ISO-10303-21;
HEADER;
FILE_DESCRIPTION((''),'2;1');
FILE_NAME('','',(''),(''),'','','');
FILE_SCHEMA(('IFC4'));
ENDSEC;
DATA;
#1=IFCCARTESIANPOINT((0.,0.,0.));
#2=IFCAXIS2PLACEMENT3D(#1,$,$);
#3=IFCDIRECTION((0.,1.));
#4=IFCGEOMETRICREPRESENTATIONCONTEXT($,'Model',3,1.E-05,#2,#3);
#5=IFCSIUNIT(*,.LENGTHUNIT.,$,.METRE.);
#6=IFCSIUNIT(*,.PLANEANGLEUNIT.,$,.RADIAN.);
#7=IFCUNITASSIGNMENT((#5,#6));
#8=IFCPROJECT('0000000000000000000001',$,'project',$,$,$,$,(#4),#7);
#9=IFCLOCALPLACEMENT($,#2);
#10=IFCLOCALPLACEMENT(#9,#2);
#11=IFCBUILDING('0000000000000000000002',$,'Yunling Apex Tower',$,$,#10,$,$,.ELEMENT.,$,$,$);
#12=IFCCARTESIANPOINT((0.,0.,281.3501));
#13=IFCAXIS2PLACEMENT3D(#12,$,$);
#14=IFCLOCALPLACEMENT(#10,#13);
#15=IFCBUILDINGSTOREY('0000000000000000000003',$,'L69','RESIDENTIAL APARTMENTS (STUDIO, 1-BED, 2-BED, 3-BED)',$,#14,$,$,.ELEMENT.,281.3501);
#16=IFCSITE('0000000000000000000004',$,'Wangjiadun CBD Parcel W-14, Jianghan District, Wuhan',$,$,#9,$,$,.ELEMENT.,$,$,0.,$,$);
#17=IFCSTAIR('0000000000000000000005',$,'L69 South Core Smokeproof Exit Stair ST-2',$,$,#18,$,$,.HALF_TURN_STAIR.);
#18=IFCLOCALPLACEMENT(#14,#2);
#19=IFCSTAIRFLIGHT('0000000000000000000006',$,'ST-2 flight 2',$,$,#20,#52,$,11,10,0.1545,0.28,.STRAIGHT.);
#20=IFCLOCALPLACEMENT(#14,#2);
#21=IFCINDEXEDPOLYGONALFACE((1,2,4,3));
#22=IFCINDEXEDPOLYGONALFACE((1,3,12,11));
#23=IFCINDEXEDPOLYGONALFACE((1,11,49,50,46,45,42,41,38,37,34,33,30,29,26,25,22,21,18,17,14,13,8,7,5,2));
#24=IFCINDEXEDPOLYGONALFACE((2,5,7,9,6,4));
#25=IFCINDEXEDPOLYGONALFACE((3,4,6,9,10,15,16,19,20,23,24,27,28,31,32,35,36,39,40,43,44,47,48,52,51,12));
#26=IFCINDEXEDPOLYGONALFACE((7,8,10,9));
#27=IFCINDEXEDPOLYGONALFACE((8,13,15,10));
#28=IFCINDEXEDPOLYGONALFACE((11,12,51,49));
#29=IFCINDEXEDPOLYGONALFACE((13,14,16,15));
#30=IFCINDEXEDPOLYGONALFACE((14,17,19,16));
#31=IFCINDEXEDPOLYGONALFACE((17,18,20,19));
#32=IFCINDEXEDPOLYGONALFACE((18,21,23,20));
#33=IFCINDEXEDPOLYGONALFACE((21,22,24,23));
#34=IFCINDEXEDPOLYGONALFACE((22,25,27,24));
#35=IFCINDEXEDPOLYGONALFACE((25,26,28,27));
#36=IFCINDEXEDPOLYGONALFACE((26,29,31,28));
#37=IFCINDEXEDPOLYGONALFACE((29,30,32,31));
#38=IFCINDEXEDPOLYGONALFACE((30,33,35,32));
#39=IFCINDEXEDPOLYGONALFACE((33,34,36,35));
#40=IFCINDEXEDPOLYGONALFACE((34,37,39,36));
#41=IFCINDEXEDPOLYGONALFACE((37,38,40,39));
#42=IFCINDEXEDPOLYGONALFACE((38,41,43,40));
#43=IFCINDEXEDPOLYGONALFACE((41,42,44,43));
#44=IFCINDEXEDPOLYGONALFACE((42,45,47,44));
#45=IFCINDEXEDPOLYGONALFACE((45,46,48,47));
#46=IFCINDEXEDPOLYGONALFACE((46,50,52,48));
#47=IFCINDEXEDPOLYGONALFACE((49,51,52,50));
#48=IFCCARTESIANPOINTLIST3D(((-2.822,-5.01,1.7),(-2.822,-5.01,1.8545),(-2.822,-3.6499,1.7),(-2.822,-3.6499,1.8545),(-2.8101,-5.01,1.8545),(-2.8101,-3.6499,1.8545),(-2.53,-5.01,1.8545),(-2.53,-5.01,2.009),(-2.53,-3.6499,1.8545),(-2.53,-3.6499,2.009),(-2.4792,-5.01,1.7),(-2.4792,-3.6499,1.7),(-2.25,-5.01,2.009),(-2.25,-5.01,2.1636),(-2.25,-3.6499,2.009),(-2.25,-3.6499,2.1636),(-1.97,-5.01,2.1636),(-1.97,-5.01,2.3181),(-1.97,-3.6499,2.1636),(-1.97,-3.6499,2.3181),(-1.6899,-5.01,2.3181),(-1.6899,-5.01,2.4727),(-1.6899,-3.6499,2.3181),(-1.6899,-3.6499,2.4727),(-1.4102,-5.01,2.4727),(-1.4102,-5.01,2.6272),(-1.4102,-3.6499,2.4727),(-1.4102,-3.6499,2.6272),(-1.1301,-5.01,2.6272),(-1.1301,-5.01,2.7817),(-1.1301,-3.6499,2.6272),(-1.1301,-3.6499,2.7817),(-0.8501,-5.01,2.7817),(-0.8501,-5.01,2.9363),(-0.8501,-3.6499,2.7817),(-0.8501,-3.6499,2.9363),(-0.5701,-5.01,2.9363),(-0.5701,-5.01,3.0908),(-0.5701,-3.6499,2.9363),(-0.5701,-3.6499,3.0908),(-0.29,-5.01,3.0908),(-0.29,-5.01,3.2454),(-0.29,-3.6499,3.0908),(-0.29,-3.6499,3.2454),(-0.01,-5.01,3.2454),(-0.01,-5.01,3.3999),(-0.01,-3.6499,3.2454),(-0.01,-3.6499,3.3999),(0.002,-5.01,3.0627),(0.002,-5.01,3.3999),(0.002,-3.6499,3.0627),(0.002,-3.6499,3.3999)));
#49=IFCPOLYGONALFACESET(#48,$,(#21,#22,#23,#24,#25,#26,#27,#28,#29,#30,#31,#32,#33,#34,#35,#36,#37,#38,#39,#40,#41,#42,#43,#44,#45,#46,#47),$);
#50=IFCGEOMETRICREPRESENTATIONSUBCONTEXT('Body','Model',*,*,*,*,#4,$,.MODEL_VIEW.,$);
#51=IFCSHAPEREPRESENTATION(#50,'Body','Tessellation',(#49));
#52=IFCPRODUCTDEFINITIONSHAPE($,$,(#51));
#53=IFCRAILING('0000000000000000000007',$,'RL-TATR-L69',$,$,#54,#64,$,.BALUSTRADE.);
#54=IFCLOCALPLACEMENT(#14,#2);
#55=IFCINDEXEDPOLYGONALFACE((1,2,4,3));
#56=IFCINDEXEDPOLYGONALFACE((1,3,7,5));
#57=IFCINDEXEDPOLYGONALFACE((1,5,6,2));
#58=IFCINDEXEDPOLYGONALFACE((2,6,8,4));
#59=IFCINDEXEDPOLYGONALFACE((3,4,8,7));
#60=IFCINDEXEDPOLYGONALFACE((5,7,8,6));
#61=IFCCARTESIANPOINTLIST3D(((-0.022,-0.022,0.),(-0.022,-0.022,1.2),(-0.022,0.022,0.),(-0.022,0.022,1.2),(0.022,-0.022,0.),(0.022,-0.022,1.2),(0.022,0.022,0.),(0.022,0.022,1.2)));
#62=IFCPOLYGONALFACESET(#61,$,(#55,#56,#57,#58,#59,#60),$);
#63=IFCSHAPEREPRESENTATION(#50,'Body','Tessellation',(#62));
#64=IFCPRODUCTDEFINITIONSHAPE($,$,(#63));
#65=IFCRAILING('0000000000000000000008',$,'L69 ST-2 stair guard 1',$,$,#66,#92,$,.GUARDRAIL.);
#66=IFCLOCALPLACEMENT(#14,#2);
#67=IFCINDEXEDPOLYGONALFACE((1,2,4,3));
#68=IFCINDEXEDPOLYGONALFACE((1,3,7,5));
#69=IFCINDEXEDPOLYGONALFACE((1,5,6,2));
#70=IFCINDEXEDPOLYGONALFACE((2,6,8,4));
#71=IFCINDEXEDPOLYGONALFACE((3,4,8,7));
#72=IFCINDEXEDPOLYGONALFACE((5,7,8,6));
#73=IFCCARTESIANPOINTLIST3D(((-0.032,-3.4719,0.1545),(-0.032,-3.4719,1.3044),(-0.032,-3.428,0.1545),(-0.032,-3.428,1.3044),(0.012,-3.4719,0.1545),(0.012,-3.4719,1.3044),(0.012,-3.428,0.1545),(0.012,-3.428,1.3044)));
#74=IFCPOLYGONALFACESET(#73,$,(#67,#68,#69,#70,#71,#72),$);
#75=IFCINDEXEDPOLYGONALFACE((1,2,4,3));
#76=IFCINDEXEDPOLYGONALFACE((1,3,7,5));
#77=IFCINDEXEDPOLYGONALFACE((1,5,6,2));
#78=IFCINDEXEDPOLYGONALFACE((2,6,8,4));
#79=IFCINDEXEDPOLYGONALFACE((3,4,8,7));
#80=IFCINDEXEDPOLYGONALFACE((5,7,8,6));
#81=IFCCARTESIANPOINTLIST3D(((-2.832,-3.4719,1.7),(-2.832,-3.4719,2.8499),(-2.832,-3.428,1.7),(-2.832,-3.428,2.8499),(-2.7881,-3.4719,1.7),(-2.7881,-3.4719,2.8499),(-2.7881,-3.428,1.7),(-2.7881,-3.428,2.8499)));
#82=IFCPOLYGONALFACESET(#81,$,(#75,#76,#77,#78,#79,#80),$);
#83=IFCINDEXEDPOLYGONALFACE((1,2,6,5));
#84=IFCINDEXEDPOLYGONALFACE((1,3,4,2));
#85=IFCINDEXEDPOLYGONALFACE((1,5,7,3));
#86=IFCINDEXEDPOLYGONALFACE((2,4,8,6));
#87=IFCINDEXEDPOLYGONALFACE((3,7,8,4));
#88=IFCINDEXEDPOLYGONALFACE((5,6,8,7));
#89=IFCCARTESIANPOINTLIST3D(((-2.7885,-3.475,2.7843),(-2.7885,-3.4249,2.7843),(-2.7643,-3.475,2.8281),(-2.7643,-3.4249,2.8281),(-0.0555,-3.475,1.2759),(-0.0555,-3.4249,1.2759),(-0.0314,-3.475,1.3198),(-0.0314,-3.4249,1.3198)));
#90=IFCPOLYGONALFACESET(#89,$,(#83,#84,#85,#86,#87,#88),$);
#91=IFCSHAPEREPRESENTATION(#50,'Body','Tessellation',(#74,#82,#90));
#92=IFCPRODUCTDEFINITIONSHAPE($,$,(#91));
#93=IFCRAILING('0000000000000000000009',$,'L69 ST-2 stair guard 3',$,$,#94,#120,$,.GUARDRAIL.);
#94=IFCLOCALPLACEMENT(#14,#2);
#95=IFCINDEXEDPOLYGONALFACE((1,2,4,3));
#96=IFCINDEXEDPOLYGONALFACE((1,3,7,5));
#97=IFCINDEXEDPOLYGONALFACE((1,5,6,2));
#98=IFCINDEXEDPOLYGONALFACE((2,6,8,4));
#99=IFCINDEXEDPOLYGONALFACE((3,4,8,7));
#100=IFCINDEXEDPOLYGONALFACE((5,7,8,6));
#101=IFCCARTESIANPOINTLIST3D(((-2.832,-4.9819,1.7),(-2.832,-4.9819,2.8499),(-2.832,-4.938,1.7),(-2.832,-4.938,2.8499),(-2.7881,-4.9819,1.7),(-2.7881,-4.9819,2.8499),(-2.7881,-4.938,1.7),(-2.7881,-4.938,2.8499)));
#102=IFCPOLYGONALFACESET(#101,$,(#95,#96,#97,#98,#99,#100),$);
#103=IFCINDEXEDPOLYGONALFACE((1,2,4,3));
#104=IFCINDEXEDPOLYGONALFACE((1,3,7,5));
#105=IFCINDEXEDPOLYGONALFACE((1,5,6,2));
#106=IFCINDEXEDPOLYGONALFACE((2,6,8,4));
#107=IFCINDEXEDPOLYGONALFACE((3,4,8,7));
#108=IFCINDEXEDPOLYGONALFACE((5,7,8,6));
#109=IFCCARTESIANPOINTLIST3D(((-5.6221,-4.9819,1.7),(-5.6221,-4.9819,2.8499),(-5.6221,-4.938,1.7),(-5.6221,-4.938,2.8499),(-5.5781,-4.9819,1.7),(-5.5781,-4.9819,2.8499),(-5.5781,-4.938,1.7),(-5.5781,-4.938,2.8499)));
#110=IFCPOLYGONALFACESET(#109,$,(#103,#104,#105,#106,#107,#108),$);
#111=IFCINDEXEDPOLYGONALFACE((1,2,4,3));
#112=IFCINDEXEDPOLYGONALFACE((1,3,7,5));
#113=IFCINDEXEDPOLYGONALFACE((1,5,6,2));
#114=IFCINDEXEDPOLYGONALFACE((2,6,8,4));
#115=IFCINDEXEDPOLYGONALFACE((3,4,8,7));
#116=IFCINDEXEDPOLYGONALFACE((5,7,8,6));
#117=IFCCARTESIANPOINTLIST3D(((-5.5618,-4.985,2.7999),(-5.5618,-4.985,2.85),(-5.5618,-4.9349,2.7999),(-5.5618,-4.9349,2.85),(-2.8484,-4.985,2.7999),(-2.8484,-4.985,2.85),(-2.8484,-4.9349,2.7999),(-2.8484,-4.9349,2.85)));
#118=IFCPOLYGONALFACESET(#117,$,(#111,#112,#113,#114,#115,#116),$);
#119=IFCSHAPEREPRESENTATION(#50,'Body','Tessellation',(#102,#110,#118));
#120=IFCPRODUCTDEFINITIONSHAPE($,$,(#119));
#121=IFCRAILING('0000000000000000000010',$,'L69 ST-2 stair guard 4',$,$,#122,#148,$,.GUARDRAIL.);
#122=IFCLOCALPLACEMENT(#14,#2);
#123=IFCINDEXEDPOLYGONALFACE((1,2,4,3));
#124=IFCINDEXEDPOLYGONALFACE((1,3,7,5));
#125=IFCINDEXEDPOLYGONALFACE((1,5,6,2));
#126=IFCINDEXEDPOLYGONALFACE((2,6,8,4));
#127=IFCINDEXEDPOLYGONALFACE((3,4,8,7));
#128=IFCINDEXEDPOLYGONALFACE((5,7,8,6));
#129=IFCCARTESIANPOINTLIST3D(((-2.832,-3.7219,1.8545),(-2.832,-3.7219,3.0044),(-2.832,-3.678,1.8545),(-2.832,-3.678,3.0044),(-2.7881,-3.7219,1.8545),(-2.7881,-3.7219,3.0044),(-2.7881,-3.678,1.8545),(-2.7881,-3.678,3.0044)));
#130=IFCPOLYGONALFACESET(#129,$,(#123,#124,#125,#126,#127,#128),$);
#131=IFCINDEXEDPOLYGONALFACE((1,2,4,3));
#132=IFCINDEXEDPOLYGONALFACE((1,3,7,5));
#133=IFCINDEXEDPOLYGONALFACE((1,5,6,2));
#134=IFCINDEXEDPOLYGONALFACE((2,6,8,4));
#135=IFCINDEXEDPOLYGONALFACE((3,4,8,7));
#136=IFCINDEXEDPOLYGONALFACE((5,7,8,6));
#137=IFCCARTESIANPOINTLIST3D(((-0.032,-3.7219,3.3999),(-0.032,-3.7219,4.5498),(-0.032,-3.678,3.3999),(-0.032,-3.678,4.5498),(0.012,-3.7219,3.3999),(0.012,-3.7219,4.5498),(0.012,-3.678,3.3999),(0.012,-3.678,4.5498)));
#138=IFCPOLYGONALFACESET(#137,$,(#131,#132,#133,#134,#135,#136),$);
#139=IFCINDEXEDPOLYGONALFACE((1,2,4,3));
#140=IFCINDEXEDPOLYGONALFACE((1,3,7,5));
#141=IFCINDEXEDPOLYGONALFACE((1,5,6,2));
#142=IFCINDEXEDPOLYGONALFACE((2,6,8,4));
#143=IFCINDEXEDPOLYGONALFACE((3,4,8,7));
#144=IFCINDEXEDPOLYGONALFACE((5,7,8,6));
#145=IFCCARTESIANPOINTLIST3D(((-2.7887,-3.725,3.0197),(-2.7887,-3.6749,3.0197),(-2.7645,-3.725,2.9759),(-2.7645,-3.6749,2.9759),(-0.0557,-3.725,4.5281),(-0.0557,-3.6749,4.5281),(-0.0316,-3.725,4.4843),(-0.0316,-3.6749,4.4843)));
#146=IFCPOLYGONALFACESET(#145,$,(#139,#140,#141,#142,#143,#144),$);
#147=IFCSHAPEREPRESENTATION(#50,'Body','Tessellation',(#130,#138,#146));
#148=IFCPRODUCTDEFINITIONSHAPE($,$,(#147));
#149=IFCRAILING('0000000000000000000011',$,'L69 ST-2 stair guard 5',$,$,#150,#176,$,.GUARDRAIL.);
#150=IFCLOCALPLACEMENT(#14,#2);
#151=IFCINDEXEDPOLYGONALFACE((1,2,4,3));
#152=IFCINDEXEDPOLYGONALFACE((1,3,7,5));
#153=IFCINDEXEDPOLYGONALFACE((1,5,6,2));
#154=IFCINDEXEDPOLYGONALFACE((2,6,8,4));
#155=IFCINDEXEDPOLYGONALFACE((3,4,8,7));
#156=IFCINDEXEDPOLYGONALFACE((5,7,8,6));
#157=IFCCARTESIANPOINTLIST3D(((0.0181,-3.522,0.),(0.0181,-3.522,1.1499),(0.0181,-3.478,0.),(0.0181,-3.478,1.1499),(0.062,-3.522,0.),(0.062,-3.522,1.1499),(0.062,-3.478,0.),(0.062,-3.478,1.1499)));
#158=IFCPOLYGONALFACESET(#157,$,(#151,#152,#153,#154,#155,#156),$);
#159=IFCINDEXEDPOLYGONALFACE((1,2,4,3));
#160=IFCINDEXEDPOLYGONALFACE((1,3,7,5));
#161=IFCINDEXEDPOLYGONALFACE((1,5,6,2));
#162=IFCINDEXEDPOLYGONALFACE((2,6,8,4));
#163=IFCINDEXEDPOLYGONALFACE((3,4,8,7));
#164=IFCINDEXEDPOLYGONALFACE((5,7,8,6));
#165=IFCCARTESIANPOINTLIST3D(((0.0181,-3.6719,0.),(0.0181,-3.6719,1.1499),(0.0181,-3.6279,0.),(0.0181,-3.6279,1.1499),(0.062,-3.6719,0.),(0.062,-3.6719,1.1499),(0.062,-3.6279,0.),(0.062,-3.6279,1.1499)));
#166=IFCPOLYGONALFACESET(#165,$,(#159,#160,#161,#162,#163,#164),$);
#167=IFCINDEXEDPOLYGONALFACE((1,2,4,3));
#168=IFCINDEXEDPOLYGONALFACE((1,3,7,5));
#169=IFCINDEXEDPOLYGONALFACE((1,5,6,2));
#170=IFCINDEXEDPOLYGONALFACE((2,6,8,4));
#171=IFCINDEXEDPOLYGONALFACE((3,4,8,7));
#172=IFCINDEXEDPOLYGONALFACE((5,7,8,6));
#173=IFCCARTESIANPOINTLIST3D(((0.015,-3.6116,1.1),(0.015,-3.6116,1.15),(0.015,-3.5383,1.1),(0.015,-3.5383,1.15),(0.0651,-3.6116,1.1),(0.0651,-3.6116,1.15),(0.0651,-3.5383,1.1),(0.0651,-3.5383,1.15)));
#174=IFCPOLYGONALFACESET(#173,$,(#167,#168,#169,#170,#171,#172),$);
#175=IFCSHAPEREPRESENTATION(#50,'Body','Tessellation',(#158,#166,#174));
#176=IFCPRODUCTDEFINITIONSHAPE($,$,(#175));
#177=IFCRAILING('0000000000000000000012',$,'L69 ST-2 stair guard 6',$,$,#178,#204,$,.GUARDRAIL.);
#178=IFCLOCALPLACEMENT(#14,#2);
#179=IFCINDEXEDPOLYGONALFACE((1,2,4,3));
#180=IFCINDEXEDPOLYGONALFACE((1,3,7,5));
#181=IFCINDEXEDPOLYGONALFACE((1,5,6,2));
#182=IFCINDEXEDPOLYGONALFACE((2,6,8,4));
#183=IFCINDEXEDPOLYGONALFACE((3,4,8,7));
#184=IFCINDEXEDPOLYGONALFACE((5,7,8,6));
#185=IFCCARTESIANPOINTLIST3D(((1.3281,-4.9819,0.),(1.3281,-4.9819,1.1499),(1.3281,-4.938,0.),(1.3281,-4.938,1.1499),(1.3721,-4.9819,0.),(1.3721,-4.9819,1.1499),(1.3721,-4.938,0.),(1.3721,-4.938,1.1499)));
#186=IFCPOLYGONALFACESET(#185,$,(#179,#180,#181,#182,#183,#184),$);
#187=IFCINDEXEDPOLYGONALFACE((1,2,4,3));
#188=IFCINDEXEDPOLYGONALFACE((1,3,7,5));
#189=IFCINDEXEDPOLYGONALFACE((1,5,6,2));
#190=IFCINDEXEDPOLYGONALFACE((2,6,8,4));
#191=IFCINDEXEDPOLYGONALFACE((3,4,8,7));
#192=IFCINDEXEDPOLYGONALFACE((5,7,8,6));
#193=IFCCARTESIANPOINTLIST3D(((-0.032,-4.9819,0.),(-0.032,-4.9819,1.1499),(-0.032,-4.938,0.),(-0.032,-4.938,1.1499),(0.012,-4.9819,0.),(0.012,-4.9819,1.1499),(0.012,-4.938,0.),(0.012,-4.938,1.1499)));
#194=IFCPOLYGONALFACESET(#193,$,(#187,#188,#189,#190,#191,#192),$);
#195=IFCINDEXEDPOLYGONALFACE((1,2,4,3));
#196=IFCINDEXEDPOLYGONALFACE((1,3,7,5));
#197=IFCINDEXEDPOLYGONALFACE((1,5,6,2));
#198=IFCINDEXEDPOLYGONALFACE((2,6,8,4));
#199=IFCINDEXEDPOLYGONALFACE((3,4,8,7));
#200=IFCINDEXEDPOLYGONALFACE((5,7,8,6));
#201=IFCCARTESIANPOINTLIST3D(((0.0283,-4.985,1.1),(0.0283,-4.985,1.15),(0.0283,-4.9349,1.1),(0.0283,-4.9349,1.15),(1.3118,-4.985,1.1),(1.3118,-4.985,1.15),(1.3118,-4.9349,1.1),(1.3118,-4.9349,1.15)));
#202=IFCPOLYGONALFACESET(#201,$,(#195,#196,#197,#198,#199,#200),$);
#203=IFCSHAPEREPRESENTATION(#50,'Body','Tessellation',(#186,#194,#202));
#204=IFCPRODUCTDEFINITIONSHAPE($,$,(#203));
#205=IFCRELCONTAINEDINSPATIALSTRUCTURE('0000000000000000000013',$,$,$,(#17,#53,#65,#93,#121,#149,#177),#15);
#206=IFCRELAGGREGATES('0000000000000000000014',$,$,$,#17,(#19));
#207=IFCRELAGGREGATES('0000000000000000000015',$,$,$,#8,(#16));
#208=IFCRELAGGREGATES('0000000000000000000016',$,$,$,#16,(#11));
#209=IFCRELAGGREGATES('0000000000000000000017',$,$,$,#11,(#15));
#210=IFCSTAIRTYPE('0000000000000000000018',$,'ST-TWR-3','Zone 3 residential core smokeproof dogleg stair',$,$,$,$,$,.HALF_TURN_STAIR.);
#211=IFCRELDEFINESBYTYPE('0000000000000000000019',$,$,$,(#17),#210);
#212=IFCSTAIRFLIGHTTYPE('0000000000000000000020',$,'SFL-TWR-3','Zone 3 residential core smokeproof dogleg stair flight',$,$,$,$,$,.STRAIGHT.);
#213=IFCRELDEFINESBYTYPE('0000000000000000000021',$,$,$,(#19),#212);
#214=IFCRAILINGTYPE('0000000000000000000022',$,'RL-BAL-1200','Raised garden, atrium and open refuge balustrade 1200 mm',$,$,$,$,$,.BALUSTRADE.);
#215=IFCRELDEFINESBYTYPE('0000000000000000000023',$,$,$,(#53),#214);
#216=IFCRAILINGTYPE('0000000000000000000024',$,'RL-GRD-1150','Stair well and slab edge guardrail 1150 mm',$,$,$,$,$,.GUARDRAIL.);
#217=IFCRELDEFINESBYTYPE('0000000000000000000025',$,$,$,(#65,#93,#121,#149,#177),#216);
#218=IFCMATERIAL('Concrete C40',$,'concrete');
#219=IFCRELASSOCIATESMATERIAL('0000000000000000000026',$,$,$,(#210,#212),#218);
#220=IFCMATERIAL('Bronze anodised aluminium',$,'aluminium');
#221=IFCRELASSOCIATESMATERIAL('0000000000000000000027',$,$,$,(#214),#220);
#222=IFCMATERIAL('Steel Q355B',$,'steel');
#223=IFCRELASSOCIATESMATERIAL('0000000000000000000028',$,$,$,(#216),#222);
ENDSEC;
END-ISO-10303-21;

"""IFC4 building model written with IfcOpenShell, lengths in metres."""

from ifc_helpers import new_model, si_unit, direction, frame, origin, origin_2d, place, context, subcontext, project, spatial, polyline, rectangle, outline, extrude, material, type_object, element, aggregate, save


model = new_model("IFC4")

# Units and contexts
model_context = context("Model", 3, precision=1e-05, world=origin(), true_north=direction((0.0, 1.0)))
body_context = subcontext(model_context, "Body", "Model", "MODEL_VIEW")
ifc_project = project(units=[si_unit("LENGTHUNIT", "METRE"), si_unit("PLANEANGLEUNIT", "RADIAN")], contexts=[model_context])

# Site, building, storey
site_placement = place(None, origin())
site = spatial("IfcSite", under=ifc_project, at=site_placement, Name="Wangjiadun CBD Parcel W-14, Jianghan District, Wuhan", CompositionType="ELEMENT", RefElevation=0.0)
building_placement = place(site_placement, origin())
building = spatial("IfcBuilding", under=site, at=building_placement, Name="Yunling Apex Tower", CompositionType="ELEMENT")
storey_placement = place(building_placement, frame((0.0, 0.0, 281.3501)))
storey = spatial("IfcBuildingStorey", under=building, at=storey_placement, Name="L69", Description="RESIDENTIAL APARTMENTS (STUDIO, 1-BED, 2-BED, 3-BED)", CompositionType="ELEMENT", Elevation=281.3501)

# Shared definitions
ifc_material_1 = material(Name="Steel Q355B", Category="steel")

# Shared definitions
ifc_material_2 = material(Name="Bronze anodised aluminium", Category="aluminium")

# Shared definitions
ifc_material_3 = material(Name="Concrete C40", Category="concrete")

# Stair
stair_type = type_object("IfcStairType", Name="ST-TWR-3", Description="Zone 3 residential core smokeproof dogleg stair", PredefinedType="HALF_TURN_STAIR", material=ifc_material_3)
stair_1_placement = place(storey_placement, origin())
stair_1 = element("IfcStair", 1, at=stair_1_placement, inside=storey, type_object=stair_type, Name="L69 South Core Smokeproof Exit Stair ST-2", PredefinedType="HALF_TURN_STAIR")

# Stair flight
stair_flight_type = type_object("IfcStairFlightType", Name="SFL-TWR-3", Description="Zone 3 residential core smokeproof dogleg stair flight", PredefinedType="STRAIGHT", material=ifc_material_3)
stair_flight_1_placement = place(storey_placement, frame((-2.8101, -4.3301, 1.7), z_axis=(0.0, 0.0, 1.0), x_axis=(1.0, 0.0, 0.0)))
stair_flight_1 = element("IfcStairFlight", 2, at=stair_flight_1_placement, type_object=stair_flight_type, Name="ST-2 flight 2", NumberOfRisers=11, NumberOfTreads=10, PredefinedType="STRAIGHT", RiserHeight=0.1545, TreadLength=0.28, context=body_context, shape_type="SweptSolid", body=[
    extrude(outline(polyline([(-0.012, 0.0), (-0.012, 0.1545), (0.0, 0.1545), (0.28, 0.1545), (0.28, 0.3091), (0.5601, 0.3091), (0.5601, 0.4636), (0.8401, 0.4636), (0.8401, 0.6182), (1.1201, 0.6182), (1.1201, 0.7727), (1.3999, 0.7727), (1.3999, 0.9272), (1.6799, 0.9272), (1.6799, 1.0818), (1.96, 1.0818), (1.96, 1.2363), (2.24, 1.2363), (2.24, 1.3909), (2.52, 1.3909), (2.52, 1.5454), (2.8, 1.5454), (2.8, 1.7), (2.812, 1.7), (2.812, 1.3628), (0.3308, 0.0), (-0.012, 0.0)])), frame((0.0, 0.6802, 0.0), z_axis=(0.0, -1.0, 0.0), x_axis=(1.0, 0.0, 0.0)), (0.0, 0.0, 1.0), 1.3601),
])
aggregate(stair_1, [stair_flight_1])

# Railings
railing_type_1 = type_object("IfcRailingType", Name="RL-BAL-1200", Description="Raised garden, atrium and open refuge balustrade 1200 mm", PredefinedType="BALUSTRADE", material=ifc_material_2)
railing_1_placement = place(storey_placement, origin())
element("IfcRailing", 3, at=railing_1_placement, inside=storey, type_object=railing_type_1, Name="RL-TATR-L69", PredefinedType="BALUSTRADE", context=body_context, shape_type="SweptSolid", body=[
    extrude(rectangle(XDim=0.0439, YDim=0.0439, at=origin_2d()), origin(), (0.0, 0.0, 1.0), 1.2),
])
railing_type_2 = type_object("IfcRailingType", Name="RL-GRD-1150", Description="Stair well and slab edge guardrail 1150 mm", PredefinedType="GUARDRAIL", material=ifc_material_1)
railing_2_placement = place(storey_placement, frame((-0.01, -3.45, 0.1545)))
element("IfcRailing", 4, at=railing_2_placement, inside=storey, type_object=railing_type_2, Name="L69 ST-2 stair guard 1", PredefinedType="GUARDRAIL", context=body_context, shape_type="SweptSolid", body=[
    extrude(rectangle(XDim=0.0439, YDim=0.0439, at=origin_2d()), origin(), (0.0, 0.0, 1.0), 1.1499),
    extrude(rectangle(XDim=0.0439, YDim=0.0439, at=origin_2d()), frame((-2.8, 0.0, 1.5454)), (0.0, 0.0, 1.0), 1.1499),
    extrude(rectangle(XDim=0.05, YDim=0.05, at=origin_2d()), frame((-0.0334, 0.0, 1.1433), z_axis=(-0.875504, 0.0, 0.483211), x_axis=(0.0, -1.0, 0.0)), (0.0, 0.0, 1.0), 3.1216),
])
railing_3_placement = place(storey_placement, frame((-2.8101, -4.96, 1.7)))
element("IfcRailing", 5, at=railing_3_placement, inside=storey, type_object=railing_type_2, Name="L69 ST-2 stair guard 3", PredefinedType="GUARDRAIL", context=body_context, shape_type="SweptSolid", body=[
    extrude(rectangle(XDim=0.0439, YDim=0.0439, at=origin_2d()), origin(), (0.0, 0.0, 1.0), 1.1499),
    extrude(rectangle(XDim=0.0439, YDim=0.0439, at=origin_2d()), frame((-2.79, 0.0, 0.0)), (0.0, 0.0, 1.0), 1.1499),
    extrude(rectangle(XDim=0.05, YDim=0.05, at=origin_2d()), frame((-0.0383, 0.0, 1.125), z_axis=(-1.0, 0.0, 0.0), x_axis=(0.0, -1.0, 0.0)), (0.0, 0.0, 1.0), 2.7134),
])
railing_4_placement = place(storey_placement, frame((-2.8101, -3.7, 1.8545)))
element("IfcRailing", 6, at=railing_4_placement, inside=storey, type_object=railing_type_2, Name="L69 ST-2 stair guard 4", PredefinedType="GUARDRAIL", context=body_context, shape_type="SweptSolid", body=[
    extrude(rectangle(XDim=0.0439, YDim=0.0439, at=origin_2d()), origin(), (0.0, 0.0, 1.0), 1.1499),
    extrude(rectangle(XDim=0.0439, YDim=0.0439, at=origin_2d()), frame((2.8, 0.0, 1.5454)), (0.0, 0.0, 1.0), 1.1499),
    extrude(rectangle(XDim=0.05, YDim=0.05, at=origin_2d()), frame((0.0334, 0.0, 1.1433), z_axis=(0.875504, 0.0, 0.483211), x_axis=(0.0, 1.0, 0.0)), (0.0, 0.0, 1.0), 3.1216),
])
railing_5_placement = place(storey_placement, frame((0.04, -3.5, 0.0)))
element("IfcRailing", 7, at=railing_5_placement, inside=storey, type_object=railing_type_2, Name="L69 ST-2 stair guard 5", PredefinedType="GUARDRAIL", context=body_context, shape_type="SweptSolid", body=[
    extrude(rectangle(XDim=0.0439, YDim=0.0439, at=origin_2d()), origin(), (0.0, 0.0, 1.0), 1.1499),
    extrude(rectangle(XDim=0.0439, YDim=0.0439, at=origin_2d()), frame((0.0, -0.1499, 0.0)), (0.0, 0.0, 1.0), 1.1499),
    extrude(rectangle(XDim=0.05, YDim=0.05, at=origin_2d()), frame((0.0, -0.0383, 1.125), z_axis=(0.0, -1.0, 0.0), x_axis=(1.0, 0.0, 0.0)), (0.0, 0.0, 1.0), 0.0732),
])
railing_6_placement = place(storey_placement, frame((1.3501, -4.96, 0.0)))
element("IfcRailing", 8, at=railing_6_placement, inside=storey, type_object=railing_type_2, Name="L69 ST-2 stair guard 6", PredefinedType="GUARDRAIL", context=body_context, shape_type="SweptSolid", body=[
    extrude(rectangle(XDim=0.0439, YDim=0.0439, at=origin_2d()), origin(), (0.0, 0.0, 1.0), 1.1499),
    extrude(rectangle(XDim=0.0439, YDim=0.0439, at=origin_2d()), frame((-1.3601, 0.0, 0.0)), (0.0, 0.0, 1.0), 1.1499),
    extrude(rectangle(XDim=0.05, YDim=0.05, at=origin_2d()), frame((-0.0383, 0.0, 1.125), z_axis=(-1.0, 0.0, 0.0), x_axis=(0.0, -1.0, 0.0)), (0.0, 0.0, 1.0), 1.2834),
])

save(model, "model.ifc")
